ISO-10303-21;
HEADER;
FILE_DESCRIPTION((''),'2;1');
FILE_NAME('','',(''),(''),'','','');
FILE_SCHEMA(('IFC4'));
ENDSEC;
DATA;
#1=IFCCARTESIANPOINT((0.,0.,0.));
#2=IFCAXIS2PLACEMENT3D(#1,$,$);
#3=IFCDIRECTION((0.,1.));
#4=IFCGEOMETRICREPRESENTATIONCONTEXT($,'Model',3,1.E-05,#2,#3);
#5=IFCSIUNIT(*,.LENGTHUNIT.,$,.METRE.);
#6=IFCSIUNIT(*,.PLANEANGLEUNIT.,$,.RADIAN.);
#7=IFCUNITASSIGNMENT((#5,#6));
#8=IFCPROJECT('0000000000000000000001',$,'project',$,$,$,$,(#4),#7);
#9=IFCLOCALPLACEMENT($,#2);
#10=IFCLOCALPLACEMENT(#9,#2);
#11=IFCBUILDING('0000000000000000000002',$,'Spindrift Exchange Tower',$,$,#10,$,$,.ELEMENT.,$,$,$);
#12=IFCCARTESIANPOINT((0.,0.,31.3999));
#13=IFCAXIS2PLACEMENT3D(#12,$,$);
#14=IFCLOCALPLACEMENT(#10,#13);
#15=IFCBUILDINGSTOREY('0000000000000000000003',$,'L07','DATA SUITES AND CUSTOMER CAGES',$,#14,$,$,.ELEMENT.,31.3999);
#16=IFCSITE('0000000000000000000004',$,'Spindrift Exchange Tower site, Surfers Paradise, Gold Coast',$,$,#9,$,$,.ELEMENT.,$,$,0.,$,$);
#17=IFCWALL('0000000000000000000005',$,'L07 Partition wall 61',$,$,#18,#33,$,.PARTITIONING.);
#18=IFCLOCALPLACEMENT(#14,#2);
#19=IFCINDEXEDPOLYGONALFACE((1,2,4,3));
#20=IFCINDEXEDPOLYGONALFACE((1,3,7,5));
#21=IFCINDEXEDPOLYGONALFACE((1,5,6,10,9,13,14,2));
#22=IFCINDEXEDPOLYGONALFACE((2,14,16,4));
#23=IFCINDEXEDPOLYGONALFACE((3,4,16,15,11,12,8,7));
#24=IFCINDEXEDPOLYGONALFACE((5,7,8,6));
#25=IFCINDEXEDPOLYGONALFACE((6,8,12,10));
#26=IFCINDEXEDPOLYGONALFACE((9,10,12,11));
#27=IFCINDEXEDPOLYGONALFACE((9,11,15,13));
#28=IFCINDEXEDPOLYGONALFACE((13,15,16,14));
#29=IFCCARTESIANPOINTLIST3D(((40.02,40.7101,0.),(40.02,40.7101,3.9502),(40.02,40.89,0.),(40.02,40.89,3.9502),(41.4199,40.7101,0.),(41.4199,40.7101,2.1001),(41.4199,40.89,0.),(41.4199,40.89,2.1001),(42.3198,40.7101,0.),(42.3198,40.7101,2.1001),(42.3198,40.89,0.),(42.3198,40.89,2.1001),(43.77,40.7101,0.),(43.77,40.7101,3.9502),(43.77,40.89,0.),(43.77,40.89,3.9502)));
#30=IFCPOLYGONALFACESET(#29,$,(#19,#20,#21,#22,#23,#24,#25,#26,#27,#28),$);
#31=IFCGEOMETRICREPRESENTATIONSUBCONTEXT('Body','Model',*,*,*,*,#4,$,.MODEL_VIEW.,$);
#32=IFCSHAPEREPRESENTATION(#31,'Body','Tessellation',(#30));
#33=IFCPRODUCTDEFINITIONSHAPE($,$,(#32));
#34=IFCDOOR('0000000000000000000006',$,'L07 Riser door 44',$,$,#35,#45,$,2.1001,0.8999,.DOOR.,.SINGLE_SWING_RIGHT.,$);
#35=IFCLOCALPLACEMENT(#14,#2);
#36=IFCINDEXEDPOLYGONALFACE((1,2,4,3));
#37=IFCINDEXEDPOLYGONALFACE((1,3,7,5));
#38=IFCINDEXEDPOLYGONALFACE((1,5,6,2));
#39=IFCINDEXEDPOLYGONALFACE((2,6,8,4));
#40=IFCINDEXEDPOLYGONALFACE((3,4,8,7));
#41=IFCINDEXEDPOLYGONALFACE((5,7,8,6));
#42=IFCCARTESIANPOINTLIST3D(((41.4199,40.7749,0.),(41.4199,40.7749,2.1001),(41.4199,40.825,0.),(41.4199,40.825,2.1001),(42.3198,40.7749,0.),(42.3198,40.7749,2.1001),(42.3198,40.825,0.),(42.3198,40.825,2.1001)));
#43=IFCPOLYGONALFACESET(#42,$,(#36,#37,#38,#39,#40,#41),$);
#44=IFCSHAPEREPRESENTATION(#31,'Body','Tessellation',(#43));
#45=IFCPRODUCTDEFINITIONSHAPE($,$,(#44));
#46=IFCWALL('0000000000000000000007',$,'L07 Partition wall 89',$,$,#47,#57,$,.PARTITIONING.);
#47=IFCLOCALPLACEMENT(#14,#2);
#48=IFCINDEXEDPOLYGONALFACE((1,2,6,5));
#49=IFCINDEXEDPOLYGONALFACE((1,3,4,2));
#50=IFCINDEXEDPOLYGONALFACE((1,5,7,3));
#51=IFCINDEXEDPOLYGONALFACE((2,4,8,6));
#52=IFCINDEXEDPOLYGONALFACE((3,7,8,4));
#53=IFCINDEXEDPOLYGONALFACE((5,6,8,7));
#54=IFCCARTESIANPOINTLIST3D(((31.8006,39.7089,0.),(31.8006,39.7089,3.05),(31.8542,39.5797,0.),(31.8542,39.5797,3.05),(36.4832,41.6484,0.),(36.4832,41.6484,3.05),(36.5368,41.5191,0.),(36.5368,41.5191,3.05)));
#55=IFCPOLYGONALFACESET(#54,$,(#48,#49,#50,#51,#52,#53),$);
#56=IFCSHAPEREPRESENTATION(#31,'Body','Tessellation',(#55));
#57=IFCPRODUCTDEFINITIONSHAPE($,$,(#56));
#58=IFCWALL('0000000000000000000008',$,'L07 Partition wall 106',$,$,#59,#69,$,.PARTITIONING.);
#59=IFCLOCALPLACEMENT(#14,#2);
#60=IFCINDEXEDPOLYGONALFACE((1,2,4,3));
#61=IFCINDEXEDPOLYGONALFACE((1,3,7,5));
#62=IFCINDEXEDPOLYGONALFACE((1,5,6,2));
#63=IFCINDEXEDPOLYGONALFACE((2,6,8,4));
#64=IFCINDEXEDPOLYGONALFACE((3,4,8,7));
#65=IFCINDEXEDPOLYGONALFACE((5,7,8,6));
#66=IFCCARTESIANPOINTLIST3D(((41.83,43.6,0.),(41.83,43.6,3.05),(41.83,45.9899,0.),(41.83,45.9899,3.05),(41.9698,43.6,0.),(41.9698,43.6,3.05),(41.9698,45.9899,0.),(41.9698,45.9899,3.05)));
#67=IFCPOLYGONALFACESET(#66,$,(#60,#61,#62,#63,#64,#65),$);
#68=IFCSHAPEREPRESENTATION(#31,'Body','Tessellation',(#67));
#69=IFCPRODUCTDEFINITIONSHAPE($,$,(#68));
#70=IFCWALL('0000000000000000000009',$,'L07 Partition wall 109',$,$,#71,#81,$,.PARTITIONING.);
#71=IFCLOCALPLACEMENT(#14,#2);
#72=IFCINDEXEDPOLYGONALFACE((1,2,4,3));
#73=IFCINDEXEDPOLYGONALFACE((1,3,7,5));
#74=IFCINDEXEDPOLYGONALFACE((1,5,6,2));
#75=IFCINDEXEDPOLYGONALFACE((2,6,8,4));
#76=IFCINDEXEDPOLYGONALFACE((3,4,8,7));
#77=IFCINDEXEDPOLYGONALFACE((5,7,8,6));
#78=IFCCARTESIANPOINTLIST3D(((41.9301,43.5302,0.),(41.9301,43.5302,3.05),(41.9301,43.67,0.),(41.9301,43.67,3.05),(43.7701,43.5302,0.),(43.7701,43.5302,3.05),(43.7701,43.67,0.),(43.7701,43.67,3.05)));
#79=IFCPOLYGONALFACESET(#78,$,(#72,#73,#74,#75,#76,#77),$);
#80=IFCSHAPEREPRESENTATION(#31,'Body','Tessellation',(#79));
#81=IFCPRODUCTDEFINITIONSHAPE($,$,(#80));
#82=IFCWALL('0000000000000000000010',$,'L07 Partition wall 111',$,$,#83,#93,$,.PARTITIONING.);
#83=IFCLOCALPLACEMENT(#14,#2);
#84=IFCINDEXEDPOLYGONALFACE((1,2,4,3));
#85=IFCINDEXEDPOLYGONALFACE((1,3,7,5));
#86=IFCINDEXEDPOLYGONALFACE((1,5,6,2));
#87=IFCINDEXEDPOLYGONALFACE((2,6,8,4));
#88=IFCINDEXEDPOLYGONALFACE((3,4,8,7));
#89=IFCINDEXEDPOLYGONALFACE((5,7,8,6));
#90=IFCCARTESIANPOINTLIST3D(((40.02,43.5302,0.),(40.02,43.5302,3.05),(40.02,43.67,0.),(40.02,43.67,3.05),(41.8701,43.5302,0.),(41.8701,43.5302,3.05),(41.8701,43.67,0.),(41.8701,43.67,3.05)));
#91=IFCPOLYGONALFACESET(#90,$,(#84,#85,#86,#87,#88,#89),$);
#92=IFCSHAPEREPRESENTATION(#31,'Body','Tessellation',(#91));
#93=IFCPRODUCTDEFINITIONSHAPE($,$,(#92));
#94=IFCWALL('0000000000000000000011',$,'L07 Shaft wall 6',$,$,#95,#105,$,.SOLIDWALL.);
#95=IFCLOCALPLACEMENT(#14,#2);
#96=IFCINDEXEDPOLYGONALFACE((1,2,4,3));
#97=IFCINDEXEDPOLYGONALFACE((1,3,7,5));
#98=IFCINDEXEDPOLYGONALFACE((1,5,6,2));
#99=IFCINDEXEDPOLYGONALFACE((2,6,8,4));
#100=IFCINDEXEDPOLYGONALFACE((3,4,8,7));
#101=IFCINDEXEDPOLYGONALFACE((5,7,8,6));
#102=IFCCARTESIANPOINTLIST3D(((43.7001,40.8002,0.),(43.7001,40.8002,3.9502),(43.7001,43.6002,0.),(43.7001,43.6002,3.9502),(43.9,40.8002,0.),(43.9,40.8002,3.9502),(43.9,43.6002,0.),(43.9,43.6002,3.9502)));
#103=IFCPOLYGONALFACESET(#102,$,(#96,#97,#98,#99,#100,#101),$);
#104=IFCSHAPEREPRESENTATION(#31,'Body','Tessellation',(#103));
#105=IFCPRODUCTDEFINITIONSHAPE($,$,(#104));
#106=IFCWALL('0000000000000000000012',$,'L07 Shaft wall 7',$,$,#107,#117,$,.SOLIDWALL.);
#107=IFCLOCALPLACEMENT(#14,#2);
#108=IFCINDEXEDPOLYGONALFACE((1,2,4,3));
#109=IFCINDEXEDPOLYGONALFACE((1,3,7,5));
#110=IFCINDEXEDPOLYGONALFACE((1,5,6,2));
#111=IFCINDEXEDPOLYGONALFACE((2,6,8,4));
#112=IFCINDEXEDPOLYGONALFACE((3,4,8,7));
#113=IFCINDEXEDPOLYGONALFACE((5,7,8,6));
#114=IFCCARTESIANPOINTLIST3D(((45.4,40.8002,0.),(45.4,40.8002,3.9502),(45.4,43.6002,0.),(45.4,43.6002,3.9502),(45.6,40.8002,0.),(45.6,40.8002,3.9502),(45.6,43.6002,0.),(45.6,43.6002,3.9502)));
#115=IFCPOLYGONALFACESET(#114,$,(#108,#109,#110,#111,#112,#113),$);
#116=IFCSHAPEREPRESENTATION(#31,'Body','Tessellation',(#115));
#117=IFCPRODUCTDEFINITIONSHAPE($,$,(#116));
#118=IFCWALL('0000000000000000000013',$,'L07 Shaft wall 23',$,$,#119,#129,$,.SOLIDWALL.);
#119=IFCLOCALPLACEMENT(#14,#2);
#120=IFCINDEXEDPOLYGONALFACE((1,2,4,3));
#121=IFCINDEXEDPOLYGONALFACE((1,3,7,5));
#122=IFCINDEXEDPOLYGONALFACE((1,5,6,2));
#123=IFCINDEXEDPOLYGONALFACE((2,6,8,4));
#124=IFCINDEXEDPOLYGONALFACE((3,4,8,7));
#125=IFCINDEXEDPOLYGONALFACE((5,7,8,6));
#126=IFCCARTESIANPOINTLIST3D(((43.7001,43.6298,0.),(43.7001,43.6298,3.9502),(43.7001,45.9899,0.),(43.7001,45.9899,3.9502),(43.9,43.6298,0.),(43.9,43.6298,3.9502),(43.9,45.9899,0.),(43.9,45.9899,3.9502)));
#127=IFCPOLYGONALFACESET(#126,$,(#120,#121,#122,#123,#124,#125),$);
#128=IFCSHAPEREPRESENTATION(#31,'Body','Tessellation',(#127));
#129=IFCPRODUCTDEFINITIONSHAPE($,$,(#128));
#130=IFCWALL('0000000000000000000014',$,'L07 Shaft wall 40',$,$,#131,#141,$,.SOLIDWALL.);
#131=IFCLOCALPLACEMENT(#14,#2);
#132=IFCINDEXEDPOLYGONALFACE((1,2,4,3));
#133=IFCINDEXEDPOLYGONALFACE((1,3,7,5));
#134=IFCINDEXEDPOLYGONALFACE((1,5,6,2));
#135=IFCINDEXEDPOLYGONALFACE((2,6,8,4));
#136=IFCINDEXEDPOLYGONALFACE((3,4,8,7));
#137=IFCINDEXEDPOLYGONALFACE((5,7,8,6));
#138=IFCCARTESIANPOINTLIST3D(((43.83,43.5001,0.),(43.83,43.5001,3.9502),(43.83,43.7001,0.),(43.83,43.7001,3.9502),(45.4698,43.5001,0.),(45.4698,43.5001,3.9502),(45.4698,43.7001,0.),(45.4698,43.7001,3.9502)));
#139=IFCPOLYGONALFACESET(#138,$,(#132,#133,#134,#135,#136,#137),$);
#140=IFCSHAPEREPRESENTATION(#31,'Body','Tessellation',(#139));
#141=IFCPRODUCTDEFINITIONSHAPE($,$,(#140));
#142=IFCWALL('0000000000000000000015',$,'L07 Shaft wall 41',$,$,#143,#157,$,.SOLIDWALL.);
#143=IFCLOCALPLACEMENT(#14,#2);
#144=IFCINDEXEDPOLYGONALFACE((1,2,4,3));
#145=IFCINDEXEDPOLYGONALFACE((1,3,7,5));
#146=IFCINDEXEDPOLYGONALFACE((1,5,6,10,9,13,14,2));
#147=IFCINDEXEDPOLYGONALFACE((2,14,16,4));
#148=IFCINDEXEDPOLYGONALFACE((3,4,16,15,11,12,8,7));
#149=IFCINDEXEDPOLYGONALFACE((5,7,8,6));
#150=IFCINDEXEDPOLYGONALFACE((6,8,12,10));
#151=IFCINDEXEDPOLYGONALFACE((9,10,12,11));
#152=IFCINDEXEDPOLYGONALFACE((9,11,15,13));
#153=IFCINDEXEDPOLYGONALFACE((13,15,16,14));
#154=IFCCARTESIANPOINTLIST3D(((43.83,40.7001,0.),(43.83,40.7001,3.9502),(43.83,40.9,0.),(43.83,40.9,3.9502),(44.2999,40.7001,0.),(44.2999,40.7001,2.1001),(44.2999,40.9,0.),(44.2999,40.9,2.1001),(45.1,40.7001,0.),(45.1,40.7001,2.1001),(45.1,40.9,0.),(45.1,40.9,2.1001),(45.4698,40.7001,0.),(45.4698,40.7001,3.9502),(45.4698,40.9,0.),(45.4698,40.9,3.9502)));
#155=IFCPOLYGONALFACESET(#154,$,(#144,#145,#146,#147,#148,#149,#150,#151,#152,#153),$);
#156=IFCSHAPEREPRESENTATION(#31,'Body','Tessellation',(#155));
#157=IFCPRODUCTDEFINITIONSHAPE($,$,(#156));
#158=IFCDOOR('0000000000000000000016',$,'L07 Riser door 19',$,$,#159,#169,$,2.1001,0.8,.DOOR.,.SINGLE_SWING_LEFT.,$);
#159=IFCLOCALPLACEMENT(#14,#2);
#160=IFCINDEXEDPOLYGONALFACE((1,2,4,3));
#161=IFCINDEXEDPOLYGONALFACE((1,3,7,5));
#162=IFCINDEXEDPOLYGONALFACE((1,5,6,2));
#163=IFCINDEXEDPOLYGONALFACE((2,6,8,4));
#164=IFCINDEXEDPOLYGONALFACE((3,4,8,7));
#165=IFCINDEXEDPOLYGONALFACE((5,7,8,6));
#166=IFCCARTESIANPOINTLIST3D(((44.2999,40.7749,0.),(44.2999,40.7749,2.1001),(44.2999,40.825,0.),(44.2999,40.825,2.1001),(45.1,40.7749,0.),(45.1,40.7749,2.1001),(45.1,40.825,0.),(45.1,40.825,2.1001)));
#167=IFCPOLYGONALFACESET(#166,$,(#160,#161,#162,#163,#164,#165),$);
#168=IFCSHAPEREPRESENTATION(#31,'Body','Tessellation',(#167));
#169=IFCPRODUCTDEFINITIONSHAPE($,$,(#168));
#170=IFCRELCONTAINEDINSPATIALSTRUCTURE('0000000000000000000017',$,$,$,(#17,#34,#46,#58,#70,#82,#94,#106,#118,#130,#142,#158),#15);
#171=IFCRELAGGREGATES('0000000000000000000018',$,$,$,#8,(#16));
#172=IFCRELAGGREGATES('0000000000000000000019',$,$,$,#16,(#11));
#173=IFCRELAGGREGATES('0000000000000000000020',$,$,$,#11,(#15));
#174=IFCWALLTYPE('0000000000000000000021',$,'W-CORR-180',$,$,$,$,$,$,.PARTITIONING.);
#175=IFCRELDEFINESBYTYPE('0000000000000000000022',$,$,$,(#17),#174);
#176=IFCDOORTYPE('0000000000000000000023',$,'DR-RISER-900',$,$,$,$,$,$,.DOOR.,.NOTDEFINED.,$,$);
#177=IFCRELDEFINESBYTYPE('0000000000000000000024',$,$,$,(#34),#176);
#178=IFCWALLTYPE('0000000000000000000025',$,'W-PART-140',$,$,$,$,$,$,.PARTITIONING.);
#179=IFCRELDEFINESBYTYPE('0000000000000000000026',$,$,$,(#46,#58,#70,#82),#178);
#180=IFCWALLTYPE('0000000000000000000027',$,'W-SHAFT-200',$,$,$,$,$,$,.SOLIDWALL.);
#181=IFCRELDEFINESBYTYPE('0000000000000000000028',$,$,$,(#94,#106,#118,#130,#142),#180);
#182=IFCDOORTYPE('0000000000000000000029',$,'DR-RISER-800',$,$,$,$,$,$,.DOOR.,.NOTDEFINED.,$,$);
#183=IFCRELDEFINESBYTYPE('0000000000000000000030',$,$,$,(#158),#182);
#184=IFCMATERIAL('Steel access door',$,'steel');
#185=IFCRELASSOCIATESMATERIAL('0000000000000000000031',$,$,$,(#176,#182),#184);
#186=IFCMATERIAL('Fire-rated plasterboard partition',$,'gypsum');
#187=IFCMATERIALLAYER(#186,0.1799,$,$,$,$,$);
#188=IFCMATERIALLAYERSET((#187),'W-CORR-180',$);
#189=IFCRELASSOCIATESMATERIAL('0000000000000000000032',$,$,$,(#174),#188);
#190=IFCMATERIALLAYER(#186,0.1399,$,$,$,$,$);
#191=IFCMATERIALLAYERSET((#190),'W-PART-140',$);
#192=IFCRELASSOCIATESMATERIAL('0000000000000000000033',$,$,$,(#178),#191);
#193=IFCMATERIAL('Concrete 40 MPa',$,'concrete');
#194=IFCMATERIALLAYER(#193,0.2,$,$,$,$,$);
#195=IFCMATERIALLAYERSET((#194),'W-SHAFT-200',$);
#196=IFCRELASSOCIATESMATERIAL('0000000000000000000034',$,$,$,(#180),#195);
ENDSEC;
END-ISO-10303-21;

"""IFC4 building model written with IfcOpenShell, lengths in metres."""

from ifc_helpers import new_model, si_unit, direction, frame, frame_2d, origin, place, context, subcontext, project, spatial, rectangle, extrude, source, transform, mapped, material, layer, layer_set, type_object, element, fill, save


model = new_model("IFC4")

# Units and contexts
model_context = context("Model", 3, precision=1e-05, world=origin(), true_north=direction((0.0, 1.0)))
body_context = subcontext(model_context, "Body", "Model", "MODEL_VIEW")
ifc_project = project(units=[si_unit("LENGTHUNIT", "METRE"), si_unit("PLANEANGLEUNIT", "RADIAN")], contexts=[model_context])

# Site, building, storey
site_placement = place(None, origin())
site = spatial("IfcSite", under=ifc_project, at=site_placement, Name="Spindrift Exchange Tower site, Surfers Paradise, Gold Coast", CompositionType="ELEMENT", RefElevation=0.0)
building_placement = place(site_placement, origin())
building = spatial("IfcBuilding", under=site, at=building_placement, Name="Spindrift Exchange Tower", CompositionType="ELEMENT")
storey_placement = place(building_placement, frame((0.0, 0.0, 31.3999)))
storey = spatial("IfcBuildingStorey", under=building, at=storey_placement, Name="L07", Description="DATA SUITES AND CUSTOMER CAGES", CompositionType="ELEMENT", Elevation=31.3999)

# Shared definitions
ifc_material_1 = material(Name="Steel access door", Category="steel")
door_type_1 = type_object("IfcDoorType", Name="DR-RISER-900", OperationType="NOTDEFINED", PredefinedType="DOOR", material=ifc_material_1)
shared_shape_1 = source(origin(), body_context, "Body", "SweptSolid", [
    extrude(rectangle(XDim=0.8999, YDim=2.1001, at=frame_2d((0.45, 1.05))), frame((0.0, 0.0249, 0.0), z_axis=(0.0, -1.0, 0.0), x_axis=(1.0, 0.0, 0.0)), (0.0, 0.0, 1.0), 0.05),
])

# Wall, opening, door
ifc_material_2 = material(Name="Fire-rated plasterboard partition", Category="gypsum")
ifc_layer_1 = layer(ifc_material_2, 0.1799)
ifc_layer_set_1 = layer_set([ifc_layer_1], Name="W-CORR-180")
wall_type_1 = type_object("IfcWallType", Name="W-CORR-180", PredefinedType="PARTITIONING", material=ifc_layer_set_1)
wall_1_placement = place(storey_placement, frame((40.02, 40.8, 0.0), z_axis=(0.0, 0.0, 1.0), x_axis=(1.0, 0.0, 0.0)))
wall_1 = element("IfcWall", 1, at=wall_1_placement, inside=storey, type_object=wall_type_1, Name="L07 Partition wall 61", PredefinedType="PARTITIONING", context=body_context, shape_type="SweptSolid", body=[
    extrude(rectangle(XDim=3.75, YDim=0.1799, at=frame_2d((1.875, 0.0))), origin(), (0.0, 0.0, 1.0), 3.9502),
])
opening_1_placement = place(wall_1_placement, frame((1.3999, 0.0, 0.0)))
opening_1 = element("IfcOpeningElement", 2, at=opening_1_placement, cuts=wall_1, PredefinedType="OPENING", context=body_context, shape_type="SweptSolid", body=[
    extrude(rectangle(XDim=0.8999, YDim=2.1001, at=frame_2d((0.45, 1.05))), frame((0.0, 0.0999, 0.0), z_axis=(0.0, -1.0, 0.0), x_axis=(1.0, 0.0, 0.0)), (0.0, 0.0, 1.0), 0.2),
])
door_1_placement = place(opening_1_placement, origin())
door_1 = element("IfcDoor", 3, at=door_1_placement, inside=storey, type_object=door_type_1, Name="L07 Riser door 44", OperationType="SINGLE_SWING_RIGHT", OverallHeight=2.1001, OverallWidth=0.8999, PredefinedType="DOOR", context=body_context, shape_type="MappedRepresentation", body=[
    mapped(shared_shape_1, transform((0.0, 0.0, 0.0), scale=1.0)),
])
fill(opening_1, door_1)

# Walls
ifc_layer_2 = layer(ifc_material_2, 0.1399)
ifc_layer_set_2 = layer_set([ifc_layer_2], Name="W-PART-140")
wall_type_2 = type_object("IfcWallType", Name="W-PART-140", PredefinedType="PARTITIONING", material=ifc_layer_set_2)
wall_2_placement = place(storey_placement, frame((36.51, 41.5837, 0.0), z_axis=(0.0, 0.0, 1.0), x_axis=(-0.92389, -0.382658, 0.0)))
element("IfcWall", 4, at=wall_2_placement, inside=storey, type_object=wall_type_2, Name="L07 Partition wall 89", PredefinedType="PARTITIONING", context=body_context, shape_type="SweptSolid", body=[
    extrude(rectangle(XDim=5.0684, YDim=0.1399, at=frame_2d((2.5342, 0.0))), origin(), (0.0, 0.0, 1.0), 3.05),
])
wall_3_placement = place(storey_placement, frame((41.8999, 43.6001, 0.0), z_axis=(0.0, 0.0, 1.0), x_axis=(0.0, 1.0, 0.0)))
element("IfcWall", 5, at=wall_3_placement, inside=storey, type_object=wall_type_2, Name="L07 Partition wall 106", PredefinedType="PARTITIONING", context=body_context, shape_type="SweptSolid", body=[
    extrude(rectangle(XDim=2.3899, YDim=0.1399, at=frame_2d((1.1948, 0.0))), origin(), (0.0, 0.0, 1.0), 3.05),
])
wall_4_placement = place(storey_placement, frame((43.77, 43.6001, 0.0), z_axis=(0.0, 0.0, 1.0), x_axis=(-1.0, 0.0, 0.0)))
element("IfcWall", 6, at=wall_4_placement, inside=storey, type_object=wall_type_2, Name="L07 Partition wall 109", PredefinedType="PARTITIONING", context=body_context, shape_type="SweptSolid", body=[
    extrude(rectangle(XDim=1.8401, YDim=0.1399, at=frame_2d((0.9199, 0.0))), origin(), (0.0, 0.0, 1.0), 3.05),
])
wall_5_placement = place(storey_placement, frame((41.8701, 43.6001, 0.0), z_axis=(0.0, 0.0, 1.0), x_axis=(-1.0, 0.0, 0.0)))
element("IfcWall", 7, at=wall_5_placement, inside=storey, type_object=wall_type_2, Name="L07 Partition wall 111", PredefinedType="PARTITIONING", context=body_context, shape_type="SweptSolid", body=[
    extrude(rectangle(XDim=1.8501, YDim=0.1399, at=frame_2d((0.925, 0.0))), origin(), (0.0, 0.0, 1.0), 3.05),
])
ifc_material_3 = material(Name="Concrete 40 MPa", Category="concrete")
ifc_layer_3 = layer(ifc_material_3, 0.2)
ifc_layer_set_3 = layer_set([ifc_layer_3], Name="W-SHAFT-200")
wall_type_3 = type_object("IfcWallType", Name="W-SHAFT-200", PredefinedType="SOLIDWALL", material=ifc_layer_set_3)
for number, where, z_axis, x_axis, name in (
    (8, (43.8, 43.6001, 0.0), (0.0, 0.0, 1.0), (0.0, -1.0, 0.0), "L07 Shaft wall 6"),
    (9, (45.5, 43.6001, 0.0), (0.0, 0.0, 1.0), (0.0, -1.0, 0.0), "L07 Shaft wall 7"),
):
    element("IfcWall", number, at=place(storey_placement, frame(where, z_axis=z_axis, x_axis=x_axis)), inside=storey, type_object=wall_type_3, Name=name, PredefinedType="SOLIDWALL", context=body_context, shape_type="SweptSolid", body=[
        extrude(rectangle(XDim=2.8, YDim=0.2, at=frame_2d((1.3999, 0.0))), origin(), (0.0, 0.0, 1.0), 3.9502),
    ])
wall_6_placement = place(storey_placement, frame((43.8, 45.99, 0.0), z_axis=(0.0, 0.0, 1.0), x_axis=(0.0, -1.0, 0.0)))
element("IfcWall", 10, at=wall_6_placement, inside=storey, type_object=wall_type_3, Name="L07 Shaft wall 23", PredefinedType="SOLIDWALL", context=body_context, shape_type="SweptSolid", body=[
    extrude(rectangle(XDim=2.3601, YDim=0.2, at=frame_2d((1.1802, 0.0))), origin(), (0.0, 0.0, 1.0), 3.9502),
])
wall_7_placement = place(storey_placement, frame((43.8301, 43.6001, 0.0), z_axis=(0.0, 0.0, 1.0), x_axis=(1.0, 0.0, 0.0)))
element("IfcWall", 11, at=wall_7_placement, inside=storey, type_object=wall_type_3, Name="L07 Shaft wall 40", PredefinedType="SOLIDWALL", context=body_context, shape_type="SweptSolid", body=[
    extrude(rectangle(XDim=1.6399, YDim=0.2, at=frame_2d((0.8198, 0.0))), origin(), (0.0, 0.0, 1.0), 3.9502),
])

# Wall, opening, door
wall_8_placement = place(storey_placement, frame((43.8301, 40.8, 0.0), z_axis=(0.0, 0.0, 1.0), x_axis=(1.0, 0.0, 0.0)))
wall_8 = element("IfcWall", 12, at=wall_8_placement, inside=storey, type_object=wall_type_3, Name="L07 Shaft wall 41", PredefinedType="SOLIDWALL", context=body_context, shape_type="SweptSolid", body=[
    extrude(rectangle(XDim=1.6399, YDim=0.2, at=frame_2d((0.8198, 0.0))), origin(), (0.0, 0.0, 1.0), 3.9502),
])
opening_2_placement = place(wall_8_placement, frame((0.47, 0.0, 0.0)))
opening_2 = element("IfcOpeningElement", 13, at=opening_2_placement, cuts=wall_8, PredefinedType="OPENING", context=body_context, shape_type="SweptSolid", body=[
    extrude(rectangle(XDim=0.8, YDim=2.1001, at=frame_2d((0.3999, 1.05))), frame((0.0, 0.1099, 0.0), z_axis=(0.0, -1.0, 0.0), x_axis=(1.0, 0.0, 0.0)), (0.0, 0.0, 1.0), 0.22),
])
door_type_2 = type_object("IfcDoorType", Name="DR-RISER-800", OperationType="NOTDEFINED", PredefinedType="DOOR", material=ifc_material_1)
shared_shape_2 = source(origin(), body_context, "Body", "SweptSolid", [
    extrude(rectangle(XDim=0.8, YDim=2.1001, at=frame_2d((0.3999, 1.05))), frame((0.0, 0.0249, 0.0), z_axis=(0.0, -1.0, 0.0), x_axis=(1.0, 0.0, 0.0)), (0.0, 0.0, 1.0), 0.05),
])
door_2_placement = place(opening_2_placement, origin())
door_2 = element("IfcDoor", 14, at=door_2_placement, inside=storey, type_object=door_type_2, Name="L07 Riser door 19", OperationType="SINGLE_SWING_LEFT", OverallHeight=2.1001, OverallWidth=0.8, PredefinedType="DOOR", context=body_context, shape_type="MappedRepresentation", body=[
    mapped(shared_shape_2, transform((0.0, 0.0, 0.0), scale=1.0)),
])
fill(opening_2, door_2)

save(model, "model.ifc")
